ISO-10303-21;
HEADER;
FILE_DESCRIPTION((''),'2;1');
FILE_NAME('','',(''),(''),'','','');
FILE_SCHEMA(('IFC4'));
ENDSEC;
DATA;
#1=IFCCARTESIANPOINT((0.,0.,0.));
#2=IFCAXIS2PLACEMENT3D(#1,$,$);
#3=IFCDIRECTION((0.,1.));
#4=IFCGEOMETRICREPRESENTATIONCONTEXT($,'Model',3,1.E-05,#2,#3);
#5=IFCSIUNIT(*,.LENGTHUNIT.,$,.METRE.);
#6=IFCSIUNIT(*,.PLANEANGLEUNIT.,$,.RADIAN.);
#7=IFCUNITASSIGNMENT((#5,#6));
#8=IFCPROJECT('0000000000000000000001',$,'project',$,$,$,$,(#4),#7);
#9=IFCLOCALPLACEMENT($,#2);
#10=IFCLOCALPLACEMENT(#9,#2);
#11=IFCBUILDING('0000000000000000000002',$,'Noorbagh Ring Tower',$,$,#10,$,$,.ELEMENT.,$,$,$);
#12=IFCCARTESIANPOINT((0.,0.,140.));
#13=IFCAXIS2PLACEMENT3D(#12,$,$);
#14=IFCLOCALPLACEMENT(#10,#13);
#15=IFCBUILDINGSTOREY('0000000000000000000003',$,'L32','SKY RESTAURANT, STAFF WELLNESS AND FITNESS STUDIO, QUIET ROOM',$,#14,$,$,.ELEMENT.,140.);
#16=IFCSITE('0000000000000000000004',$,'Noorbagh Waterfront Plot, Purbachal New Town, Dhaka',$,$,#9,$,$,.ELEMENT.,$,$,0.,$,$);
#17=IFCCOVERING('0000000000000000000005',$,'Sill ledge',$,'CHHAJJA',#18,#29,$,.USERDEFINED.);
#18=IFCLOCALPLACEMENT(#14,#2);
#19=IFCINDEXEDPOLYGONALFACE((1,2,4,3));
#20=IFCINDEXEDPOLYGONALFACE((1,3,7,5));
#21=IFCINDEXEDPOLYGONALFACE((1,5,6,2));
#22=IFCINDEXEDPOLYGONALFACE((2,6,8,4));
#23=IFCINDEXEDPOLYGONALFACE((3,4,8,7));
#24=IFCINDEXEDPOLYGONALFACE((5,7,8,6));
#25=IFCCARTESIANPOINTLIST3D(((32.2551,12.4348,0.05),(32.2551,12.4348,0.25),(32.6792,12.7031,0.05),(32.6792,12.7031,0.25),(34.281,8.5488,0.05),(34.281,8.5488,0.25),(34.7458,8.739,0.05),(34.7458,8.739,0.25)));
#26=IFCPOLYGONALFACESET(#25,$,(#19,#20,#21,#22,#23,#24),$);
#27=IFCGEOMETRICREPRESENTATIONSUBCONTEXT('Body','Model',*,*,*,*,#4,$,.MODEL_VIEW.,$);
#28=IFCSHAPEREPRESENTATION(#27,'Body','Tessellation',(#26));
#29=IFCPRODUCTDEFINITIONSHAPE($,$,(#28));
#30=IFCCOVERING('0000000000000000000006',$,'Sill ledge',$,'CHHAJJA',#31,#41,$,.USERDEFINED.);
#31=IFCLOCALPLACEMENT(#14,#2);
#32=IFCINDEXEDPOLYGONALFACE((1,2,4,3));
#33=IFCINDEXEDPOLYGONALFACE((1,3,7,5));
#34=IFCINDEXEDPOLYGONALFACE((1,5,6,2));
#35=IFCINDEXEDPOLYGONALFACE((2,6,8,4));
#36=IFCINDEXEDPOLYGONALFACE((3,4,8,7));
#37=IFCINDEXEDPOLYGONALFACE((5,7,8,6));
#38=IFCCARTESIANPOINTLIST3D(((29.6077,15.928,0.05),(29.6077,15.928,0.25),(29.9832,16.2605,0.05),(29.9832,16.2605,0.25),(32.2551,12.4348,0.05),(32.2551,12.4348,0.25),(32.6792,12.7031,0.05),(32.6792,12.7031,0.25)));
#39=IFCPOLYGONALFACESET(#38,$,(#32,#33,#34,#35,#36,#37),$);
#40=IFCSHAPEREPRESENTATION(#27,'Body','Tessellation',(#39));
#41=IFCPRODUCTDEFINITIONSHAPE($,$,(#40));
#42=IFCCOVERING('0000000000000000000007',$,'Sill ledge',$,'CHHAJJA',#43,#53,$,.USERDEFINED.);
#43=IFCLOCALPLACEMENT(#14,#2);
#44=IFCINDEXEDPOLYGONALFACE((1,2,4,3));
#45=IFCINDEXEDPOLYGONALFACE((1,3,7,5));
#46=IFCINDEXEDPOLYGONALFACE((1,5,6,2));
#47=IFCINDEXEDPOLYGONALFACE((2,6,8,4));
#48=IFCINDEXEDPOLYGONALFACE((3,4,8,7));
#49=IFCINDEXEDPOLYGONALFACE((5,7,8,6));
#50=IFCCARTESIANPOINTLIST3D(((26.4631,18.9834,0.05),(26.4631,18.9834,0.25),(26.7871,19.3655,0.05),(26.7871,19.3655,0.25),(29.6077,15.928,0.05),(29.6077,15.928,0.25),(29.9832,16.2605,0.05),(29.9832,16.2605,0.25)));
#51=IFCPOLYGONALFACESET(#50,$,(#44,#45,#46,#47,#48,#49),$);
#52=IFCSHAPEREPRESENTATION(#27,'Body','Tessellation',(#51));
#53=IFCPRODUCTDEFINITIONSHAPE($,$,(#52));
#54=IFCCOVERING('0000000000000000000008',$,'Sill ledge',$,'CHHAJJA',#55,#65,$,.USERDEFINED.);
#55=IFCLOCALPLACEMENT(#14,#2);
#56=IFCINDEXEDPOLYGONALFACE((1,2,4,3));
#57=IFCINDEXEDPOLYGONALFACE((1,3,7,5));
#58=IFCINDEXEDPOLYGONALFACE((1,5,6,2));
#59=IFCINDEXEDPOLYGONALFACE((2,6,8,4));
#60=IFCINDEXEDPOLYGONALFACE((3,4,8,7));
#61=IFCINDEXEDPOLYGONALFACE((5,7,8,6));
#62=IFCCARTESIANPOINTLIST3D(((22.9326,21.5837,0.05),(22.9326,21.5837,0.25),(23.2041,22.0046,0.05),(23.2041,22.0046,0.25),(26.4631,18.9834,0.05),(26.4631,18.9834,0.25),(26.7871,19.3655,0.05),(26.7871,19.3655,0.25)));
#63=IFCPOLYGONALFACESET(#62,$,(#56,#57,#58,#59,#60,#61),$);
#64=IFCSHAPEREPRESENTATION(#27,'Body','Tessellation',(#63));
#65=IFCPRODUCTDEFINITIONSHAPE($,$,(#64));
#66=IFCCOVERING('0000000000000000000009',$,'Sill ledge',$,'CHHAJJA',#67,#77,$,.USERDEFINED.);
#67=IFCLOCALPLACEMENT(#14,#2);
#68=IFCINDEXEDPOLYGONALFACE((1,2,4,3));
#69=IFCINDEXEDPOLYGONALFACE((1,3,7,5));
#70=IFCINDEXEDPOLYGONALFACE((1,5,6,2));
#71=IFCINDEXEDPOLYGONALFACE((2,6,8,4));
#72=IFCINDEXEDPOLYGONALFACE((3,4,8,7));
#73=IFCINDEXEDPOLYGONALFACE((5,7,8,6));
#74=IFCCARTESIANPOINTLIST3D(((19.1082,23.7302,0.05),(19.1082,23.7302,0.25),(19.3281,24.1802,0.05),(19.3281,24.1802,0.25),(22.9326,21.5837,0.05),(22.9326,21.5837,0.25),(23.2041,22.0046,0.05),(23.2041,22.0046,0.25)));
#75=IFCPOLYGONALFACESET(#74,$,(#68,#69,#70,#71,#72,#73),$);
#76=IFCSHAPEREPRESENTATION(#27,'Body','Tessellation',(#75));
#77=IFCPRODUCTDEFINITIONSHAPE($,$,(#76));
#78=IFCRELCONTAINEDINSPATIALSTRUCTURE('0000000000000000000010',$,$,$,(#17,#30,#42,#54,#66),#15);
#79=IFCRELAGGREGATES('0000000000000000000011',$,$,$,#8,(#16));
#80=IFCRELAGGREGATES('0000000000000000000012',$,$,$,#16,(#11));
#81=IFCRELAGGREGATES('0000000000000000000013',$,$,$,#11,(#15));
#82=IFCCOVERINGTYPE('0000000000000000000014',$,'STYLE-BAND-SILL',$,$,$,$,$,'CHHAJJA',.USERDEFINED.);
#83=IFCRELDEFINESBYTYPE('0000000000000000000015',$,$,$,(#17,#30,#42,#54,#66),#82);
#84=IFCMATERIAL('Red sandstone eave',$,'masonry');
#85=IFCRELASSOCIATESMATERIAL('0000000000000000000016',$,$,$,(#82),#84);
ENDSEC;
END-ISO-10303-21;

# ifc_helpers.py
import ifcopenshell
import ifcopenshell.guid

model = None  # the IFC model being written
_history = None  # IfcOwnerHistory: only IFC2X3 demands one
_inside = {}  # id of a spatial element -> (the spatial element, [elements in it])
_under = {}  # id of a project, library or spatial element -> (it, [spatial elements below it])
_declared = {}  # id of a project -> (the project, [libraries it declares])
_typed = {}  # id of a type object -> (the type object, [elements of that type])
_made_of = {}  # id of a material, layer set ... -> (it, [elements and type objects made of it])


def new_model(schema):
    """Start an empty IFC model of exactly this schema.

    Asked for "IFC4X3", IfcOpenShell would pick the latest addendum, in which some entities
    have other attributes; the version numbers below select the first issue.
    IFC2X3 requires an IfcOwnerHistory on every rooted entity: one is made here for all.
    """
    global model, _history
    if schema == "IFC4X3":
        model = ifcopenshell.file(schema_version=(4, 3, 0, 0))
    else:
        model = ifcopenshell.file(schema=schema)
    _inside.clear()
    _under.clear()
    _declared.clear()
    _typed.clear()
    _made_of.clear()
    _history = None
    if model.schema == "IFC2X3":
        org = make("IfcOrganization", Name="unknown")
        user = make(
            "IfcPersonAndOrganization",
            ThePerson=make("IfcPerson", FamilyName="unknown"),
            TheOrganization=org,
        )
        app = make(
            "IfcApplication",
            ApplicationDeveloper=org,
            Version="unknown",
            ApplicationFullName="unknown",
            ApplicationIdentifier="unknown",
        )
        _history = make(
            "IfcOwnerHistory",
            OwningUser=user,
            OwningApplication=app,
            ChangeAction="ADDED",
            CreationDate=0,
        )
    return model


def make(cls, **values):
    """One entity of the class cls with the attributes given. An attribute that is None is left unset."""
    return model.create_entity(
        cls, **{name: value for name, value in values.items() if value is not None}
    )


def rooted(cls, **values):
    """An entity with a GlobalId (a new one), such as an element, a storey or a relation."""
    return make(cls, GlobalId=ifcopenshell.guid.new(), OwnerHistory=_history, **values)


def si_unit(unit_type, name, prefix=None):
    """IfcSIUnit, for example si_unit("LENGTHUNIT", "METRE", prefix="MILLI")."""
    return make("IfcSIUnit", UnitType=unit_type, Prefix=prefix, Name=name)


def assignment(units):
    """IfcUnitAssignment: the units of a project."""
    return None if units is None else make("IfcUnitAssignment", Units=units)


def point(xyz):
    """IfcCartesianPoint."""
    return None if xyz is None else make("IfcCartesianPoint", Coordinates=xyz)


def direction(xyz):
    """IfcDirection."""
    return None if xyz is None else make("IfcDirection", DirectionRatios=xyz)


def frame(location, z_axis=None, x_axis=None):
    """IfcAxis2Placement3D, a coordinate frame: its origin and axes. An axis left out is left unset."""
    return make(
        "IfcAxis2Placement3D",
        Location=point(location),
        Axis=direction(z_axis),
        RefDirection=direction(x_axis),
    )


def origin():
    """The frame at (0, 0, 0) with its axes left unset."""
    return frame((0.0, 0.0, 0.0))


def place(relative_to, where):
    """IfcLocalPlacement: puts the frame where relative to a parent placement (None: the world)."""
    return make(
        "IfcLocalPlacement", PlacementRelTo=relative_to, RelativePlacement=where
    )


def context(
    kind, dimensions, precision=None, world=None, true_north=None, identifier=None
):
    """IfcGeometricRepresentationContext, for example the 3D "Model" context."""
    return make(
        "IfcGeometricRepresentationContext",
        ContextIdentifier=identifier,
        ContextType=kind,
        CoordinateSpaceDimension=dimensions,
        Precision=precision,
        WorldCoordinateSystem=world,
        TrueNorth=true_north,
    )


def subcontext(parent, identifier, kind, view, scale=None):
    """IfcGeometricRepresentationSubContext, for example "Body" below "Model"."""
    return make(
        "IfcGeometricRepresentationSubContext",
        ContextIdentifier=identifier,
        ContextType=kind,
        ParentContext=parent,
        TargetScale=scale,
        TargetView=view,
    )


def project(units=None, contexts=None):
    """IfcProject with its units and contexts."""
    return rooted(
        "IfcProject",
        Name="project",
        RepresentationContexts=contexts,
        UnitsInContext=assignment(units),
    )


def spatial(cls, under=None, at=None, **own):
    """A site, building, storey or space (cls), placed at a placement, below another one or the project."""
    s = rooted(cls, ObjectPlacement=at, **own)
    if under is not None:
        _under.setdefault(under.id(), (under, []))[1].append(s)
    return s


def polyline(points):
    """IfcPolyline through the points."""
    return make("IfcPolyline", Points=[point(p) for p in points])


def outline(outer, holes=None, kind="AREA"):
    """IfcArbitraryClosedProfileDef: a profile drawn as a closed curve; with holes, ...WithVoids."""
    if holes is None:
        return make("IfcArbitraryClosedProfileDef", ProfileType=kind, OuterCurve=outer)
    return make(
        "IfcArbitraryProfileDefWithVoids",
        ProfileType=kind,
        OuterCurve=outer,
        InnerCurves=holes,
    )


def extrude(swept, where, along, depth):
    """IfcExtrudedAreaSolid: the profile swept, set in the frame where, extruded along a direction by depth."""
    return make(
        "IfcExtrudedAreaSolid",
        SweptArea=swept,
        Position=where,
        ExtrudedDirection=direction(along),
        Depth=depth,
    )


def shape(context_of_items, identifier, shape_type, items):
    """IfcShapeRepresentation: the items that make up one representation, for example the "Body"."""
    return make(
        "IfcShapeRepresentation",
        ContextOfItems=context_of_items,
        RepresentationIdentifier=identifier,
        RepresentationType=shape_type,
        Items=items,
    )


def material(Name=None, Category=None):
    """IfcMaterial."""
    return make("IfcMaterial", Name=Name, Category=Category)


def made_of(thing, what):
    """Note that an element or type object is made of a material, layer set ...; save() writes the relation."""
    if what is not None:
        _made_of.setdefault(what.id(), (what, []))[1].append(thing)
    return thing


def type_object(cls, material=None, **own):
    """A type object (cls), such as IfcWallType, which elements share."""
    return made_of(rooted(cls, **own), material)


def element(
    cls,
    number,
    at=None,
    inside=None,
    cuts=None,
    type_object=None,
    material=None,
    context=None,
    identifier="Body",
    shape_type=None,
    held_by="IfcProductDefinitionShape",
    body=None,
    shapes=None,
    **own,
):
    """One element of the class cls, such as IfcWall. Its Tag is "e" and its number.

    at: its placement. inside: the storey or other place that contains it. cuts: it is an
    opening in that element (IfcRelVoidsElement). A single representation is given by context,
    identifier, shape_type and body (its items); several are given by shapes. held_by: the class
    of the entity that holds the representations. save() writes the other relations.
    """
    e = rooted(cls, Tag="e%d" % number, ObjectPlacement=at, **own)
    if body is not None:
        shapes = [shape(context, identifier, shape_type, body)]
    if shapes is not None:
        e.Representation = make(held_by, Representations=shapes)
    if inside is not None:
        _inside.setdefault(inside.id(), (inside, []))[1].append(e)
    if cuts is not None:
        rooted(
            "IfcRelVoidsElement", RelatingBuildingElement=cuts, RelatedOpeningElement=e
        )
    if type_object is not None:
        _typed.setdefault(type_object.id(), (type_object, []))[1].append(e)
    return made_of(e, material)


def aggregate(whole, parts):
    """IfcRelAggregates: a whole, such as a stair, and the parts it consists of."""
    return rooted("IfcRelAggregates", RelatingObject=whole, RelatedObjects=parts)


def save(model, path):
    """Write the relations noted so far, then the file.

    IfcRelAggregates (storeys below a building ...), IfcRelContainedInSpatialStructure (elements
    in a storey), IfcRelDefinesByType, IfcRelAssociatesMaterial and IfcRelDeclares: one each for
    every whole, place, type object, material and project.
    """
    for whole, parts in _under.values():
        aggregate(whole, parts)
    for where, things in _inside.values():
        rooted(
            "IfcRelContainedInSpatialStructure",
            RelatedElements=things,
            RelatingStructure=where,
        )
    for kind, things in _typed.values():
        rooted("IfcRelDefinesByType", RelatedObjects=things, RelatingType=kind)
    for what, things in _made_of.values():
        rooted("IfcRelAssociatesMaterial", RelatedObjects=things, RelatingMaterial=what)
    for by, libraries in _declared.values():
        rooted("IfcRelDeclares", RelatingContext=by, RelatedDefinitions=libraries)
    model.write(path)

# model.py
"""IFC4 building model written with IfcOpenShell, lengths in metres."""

from ifc_helpers import new_model, si_unit, direction, frame, origin, place, context, subcontext, project, spatial, polyline, outline, extrude, material, type_object, element, save


model = new_model("IFC4")

# Units and contexts
model_context = context("Model", 3, precision=1e-05, world=origin(), true_north=direction((0.0, 1.0)))
body_context = subcontext(model_context, "Body", "Model", "MODEL_VIEW")
ifc_project = project(units=[si_unit("LENGTHUNIT", "METRE"), si_unit("PLANEANGLEUNIT", "RADIAN")], contexts=[model_context])

# Site, building, storey
site_placement = place(None, origin())
site = spatial("IfcSite", under=ifc_project, at=site_placement, Name="Noorbagh Waterfront Plot, Purbachal New Town, Dhaka", CompositionType="ELEMENT", RefElevation=0.0)
building_placement = place(site_placement, origin())
building = spatial("IfcBuilding", under=site, at=building_placement, Name="Noorbagh Ring Tower", CompositionType="ELEMENT")
storey_placement = place(building_placement, frame((0.0, 0.0, 140.0)))
storey = spatial("IfcBuildingStorey", under=building, at=storey_placement, Name="L32", Description="SKY RESTAURANT, STAFF WELLNESS AND FITNESS STUDIO, QUIET ROOM", CompositionType="ELEMENT", Elevation=140.0)

# Coverings
ifc_material_1 = material(Name="Red sandstone eave", Category="masonry")
covering_type_1 = type_object("IfcCoveringType", Name="STYLE-BAND-SILL", ElementType="CHHAJJA", PredefinedType="USERDEFINED", material=ifc_material_1)
covering_1_placement = place(storey_placement, frame((0.0, 0.0, 0.05)))
element("IfcCovering", 1, at=covering_1_placement, inside=storey, type_object=covering_type_1, Name="Sill ledge", ObjectType="CHHAJJA", PredefinedType="USERDEFINED", context=body_context, shape_type="SweptSolid", body=[
    extrude(outline(polyline([(34.281, 8.5488), (32.2551, 12.4348), (32.6792, 12.7031), (34.7458, 8.739), (34.281, 8.5488)])), origin(), (0.0, 0.0, 1.0), 0.2),
])
covering_2_placement = place(storey_placement, frame((0.0, 0.0, 0.05)))
element("IfcCovering", 2, at=covering_2_placement, inside=storey, type_object=covering_type_1, Name="Sill ledge", ObjectType="CHHAJJA", PredefinedType="USERDEFINED", context=body_context, shape_type="SweptSolid", body=[
    extrude(outline(polyline([(32.2551, 12.4348), (29.6077, 15.928), (29.9832, 16.2605), (32.6792, 12.7031), (32.2551, 12.4348)])), origin(), (0.0, 0.0, 1.0), 0.2),
])
covering_3_placement = place(storey_placement, frame((0.0, 0.0, 0.05)))
element("IfcCovering", 3, at=covering_3_placement, inside=storey, type_object=covering_type_1, Name="Sill ledge", ObjectType="CHHAJJA", PredefinedType="USERDEFINED", context=body_context, shape_type="SweptSolid", body=[
    extrude(outline(polyline([(29.6077, 15.928), (26.4631, 18.9834), (26.7871, 19.3655), (29.9832, 16.2605), (29.6077, 15.928)])), origin(), (0.0, 0.0, 1.0), 0.2),
])
covering_4_placement = place(storey_placement, frame((0.0, 0.0, 0.05)))
element("IfcCovering", 4, at=covering_4_placement, inside=storey, type_object=covering_type_1, Name="Sill ledge", ObjectType="CHHAJJA", PredefinedType="USERDEFINED", context=body_context, shape_type="SweptSolid", body=[
    extrude(outline(polyline([(26.4631, 18.9834), (22.9326, 21.5837), (23.2041, 22.0046), (26.7871, 19.3655), (26.4631, 18.9834)])), origin(), (0.0, 0.0, 1.0), 0.2),
])
covering_5_placement = place(storey_placement, frame((0.0, 0.0, 0.05)))
element("IfcCovering", 5, at=covering_5_placement, inside=storey, type_object=covering_type_1, Name="Sill ledge", ObjectType="CHHAJJA", PredefinedType="USERDEFINED", context=body_context, shape_type="SweptSolid", body=[
    extrude(outline(polyline([(22.9326, 21.5837), (19.1082, 23.7302), (19.3281, 24.1802), (23.2041, 22.0046), (22.9326, 21.5837)])), origin(), (0.0, 0.0, 1.0), 0.2),
])

save(model, "model.ifc")
